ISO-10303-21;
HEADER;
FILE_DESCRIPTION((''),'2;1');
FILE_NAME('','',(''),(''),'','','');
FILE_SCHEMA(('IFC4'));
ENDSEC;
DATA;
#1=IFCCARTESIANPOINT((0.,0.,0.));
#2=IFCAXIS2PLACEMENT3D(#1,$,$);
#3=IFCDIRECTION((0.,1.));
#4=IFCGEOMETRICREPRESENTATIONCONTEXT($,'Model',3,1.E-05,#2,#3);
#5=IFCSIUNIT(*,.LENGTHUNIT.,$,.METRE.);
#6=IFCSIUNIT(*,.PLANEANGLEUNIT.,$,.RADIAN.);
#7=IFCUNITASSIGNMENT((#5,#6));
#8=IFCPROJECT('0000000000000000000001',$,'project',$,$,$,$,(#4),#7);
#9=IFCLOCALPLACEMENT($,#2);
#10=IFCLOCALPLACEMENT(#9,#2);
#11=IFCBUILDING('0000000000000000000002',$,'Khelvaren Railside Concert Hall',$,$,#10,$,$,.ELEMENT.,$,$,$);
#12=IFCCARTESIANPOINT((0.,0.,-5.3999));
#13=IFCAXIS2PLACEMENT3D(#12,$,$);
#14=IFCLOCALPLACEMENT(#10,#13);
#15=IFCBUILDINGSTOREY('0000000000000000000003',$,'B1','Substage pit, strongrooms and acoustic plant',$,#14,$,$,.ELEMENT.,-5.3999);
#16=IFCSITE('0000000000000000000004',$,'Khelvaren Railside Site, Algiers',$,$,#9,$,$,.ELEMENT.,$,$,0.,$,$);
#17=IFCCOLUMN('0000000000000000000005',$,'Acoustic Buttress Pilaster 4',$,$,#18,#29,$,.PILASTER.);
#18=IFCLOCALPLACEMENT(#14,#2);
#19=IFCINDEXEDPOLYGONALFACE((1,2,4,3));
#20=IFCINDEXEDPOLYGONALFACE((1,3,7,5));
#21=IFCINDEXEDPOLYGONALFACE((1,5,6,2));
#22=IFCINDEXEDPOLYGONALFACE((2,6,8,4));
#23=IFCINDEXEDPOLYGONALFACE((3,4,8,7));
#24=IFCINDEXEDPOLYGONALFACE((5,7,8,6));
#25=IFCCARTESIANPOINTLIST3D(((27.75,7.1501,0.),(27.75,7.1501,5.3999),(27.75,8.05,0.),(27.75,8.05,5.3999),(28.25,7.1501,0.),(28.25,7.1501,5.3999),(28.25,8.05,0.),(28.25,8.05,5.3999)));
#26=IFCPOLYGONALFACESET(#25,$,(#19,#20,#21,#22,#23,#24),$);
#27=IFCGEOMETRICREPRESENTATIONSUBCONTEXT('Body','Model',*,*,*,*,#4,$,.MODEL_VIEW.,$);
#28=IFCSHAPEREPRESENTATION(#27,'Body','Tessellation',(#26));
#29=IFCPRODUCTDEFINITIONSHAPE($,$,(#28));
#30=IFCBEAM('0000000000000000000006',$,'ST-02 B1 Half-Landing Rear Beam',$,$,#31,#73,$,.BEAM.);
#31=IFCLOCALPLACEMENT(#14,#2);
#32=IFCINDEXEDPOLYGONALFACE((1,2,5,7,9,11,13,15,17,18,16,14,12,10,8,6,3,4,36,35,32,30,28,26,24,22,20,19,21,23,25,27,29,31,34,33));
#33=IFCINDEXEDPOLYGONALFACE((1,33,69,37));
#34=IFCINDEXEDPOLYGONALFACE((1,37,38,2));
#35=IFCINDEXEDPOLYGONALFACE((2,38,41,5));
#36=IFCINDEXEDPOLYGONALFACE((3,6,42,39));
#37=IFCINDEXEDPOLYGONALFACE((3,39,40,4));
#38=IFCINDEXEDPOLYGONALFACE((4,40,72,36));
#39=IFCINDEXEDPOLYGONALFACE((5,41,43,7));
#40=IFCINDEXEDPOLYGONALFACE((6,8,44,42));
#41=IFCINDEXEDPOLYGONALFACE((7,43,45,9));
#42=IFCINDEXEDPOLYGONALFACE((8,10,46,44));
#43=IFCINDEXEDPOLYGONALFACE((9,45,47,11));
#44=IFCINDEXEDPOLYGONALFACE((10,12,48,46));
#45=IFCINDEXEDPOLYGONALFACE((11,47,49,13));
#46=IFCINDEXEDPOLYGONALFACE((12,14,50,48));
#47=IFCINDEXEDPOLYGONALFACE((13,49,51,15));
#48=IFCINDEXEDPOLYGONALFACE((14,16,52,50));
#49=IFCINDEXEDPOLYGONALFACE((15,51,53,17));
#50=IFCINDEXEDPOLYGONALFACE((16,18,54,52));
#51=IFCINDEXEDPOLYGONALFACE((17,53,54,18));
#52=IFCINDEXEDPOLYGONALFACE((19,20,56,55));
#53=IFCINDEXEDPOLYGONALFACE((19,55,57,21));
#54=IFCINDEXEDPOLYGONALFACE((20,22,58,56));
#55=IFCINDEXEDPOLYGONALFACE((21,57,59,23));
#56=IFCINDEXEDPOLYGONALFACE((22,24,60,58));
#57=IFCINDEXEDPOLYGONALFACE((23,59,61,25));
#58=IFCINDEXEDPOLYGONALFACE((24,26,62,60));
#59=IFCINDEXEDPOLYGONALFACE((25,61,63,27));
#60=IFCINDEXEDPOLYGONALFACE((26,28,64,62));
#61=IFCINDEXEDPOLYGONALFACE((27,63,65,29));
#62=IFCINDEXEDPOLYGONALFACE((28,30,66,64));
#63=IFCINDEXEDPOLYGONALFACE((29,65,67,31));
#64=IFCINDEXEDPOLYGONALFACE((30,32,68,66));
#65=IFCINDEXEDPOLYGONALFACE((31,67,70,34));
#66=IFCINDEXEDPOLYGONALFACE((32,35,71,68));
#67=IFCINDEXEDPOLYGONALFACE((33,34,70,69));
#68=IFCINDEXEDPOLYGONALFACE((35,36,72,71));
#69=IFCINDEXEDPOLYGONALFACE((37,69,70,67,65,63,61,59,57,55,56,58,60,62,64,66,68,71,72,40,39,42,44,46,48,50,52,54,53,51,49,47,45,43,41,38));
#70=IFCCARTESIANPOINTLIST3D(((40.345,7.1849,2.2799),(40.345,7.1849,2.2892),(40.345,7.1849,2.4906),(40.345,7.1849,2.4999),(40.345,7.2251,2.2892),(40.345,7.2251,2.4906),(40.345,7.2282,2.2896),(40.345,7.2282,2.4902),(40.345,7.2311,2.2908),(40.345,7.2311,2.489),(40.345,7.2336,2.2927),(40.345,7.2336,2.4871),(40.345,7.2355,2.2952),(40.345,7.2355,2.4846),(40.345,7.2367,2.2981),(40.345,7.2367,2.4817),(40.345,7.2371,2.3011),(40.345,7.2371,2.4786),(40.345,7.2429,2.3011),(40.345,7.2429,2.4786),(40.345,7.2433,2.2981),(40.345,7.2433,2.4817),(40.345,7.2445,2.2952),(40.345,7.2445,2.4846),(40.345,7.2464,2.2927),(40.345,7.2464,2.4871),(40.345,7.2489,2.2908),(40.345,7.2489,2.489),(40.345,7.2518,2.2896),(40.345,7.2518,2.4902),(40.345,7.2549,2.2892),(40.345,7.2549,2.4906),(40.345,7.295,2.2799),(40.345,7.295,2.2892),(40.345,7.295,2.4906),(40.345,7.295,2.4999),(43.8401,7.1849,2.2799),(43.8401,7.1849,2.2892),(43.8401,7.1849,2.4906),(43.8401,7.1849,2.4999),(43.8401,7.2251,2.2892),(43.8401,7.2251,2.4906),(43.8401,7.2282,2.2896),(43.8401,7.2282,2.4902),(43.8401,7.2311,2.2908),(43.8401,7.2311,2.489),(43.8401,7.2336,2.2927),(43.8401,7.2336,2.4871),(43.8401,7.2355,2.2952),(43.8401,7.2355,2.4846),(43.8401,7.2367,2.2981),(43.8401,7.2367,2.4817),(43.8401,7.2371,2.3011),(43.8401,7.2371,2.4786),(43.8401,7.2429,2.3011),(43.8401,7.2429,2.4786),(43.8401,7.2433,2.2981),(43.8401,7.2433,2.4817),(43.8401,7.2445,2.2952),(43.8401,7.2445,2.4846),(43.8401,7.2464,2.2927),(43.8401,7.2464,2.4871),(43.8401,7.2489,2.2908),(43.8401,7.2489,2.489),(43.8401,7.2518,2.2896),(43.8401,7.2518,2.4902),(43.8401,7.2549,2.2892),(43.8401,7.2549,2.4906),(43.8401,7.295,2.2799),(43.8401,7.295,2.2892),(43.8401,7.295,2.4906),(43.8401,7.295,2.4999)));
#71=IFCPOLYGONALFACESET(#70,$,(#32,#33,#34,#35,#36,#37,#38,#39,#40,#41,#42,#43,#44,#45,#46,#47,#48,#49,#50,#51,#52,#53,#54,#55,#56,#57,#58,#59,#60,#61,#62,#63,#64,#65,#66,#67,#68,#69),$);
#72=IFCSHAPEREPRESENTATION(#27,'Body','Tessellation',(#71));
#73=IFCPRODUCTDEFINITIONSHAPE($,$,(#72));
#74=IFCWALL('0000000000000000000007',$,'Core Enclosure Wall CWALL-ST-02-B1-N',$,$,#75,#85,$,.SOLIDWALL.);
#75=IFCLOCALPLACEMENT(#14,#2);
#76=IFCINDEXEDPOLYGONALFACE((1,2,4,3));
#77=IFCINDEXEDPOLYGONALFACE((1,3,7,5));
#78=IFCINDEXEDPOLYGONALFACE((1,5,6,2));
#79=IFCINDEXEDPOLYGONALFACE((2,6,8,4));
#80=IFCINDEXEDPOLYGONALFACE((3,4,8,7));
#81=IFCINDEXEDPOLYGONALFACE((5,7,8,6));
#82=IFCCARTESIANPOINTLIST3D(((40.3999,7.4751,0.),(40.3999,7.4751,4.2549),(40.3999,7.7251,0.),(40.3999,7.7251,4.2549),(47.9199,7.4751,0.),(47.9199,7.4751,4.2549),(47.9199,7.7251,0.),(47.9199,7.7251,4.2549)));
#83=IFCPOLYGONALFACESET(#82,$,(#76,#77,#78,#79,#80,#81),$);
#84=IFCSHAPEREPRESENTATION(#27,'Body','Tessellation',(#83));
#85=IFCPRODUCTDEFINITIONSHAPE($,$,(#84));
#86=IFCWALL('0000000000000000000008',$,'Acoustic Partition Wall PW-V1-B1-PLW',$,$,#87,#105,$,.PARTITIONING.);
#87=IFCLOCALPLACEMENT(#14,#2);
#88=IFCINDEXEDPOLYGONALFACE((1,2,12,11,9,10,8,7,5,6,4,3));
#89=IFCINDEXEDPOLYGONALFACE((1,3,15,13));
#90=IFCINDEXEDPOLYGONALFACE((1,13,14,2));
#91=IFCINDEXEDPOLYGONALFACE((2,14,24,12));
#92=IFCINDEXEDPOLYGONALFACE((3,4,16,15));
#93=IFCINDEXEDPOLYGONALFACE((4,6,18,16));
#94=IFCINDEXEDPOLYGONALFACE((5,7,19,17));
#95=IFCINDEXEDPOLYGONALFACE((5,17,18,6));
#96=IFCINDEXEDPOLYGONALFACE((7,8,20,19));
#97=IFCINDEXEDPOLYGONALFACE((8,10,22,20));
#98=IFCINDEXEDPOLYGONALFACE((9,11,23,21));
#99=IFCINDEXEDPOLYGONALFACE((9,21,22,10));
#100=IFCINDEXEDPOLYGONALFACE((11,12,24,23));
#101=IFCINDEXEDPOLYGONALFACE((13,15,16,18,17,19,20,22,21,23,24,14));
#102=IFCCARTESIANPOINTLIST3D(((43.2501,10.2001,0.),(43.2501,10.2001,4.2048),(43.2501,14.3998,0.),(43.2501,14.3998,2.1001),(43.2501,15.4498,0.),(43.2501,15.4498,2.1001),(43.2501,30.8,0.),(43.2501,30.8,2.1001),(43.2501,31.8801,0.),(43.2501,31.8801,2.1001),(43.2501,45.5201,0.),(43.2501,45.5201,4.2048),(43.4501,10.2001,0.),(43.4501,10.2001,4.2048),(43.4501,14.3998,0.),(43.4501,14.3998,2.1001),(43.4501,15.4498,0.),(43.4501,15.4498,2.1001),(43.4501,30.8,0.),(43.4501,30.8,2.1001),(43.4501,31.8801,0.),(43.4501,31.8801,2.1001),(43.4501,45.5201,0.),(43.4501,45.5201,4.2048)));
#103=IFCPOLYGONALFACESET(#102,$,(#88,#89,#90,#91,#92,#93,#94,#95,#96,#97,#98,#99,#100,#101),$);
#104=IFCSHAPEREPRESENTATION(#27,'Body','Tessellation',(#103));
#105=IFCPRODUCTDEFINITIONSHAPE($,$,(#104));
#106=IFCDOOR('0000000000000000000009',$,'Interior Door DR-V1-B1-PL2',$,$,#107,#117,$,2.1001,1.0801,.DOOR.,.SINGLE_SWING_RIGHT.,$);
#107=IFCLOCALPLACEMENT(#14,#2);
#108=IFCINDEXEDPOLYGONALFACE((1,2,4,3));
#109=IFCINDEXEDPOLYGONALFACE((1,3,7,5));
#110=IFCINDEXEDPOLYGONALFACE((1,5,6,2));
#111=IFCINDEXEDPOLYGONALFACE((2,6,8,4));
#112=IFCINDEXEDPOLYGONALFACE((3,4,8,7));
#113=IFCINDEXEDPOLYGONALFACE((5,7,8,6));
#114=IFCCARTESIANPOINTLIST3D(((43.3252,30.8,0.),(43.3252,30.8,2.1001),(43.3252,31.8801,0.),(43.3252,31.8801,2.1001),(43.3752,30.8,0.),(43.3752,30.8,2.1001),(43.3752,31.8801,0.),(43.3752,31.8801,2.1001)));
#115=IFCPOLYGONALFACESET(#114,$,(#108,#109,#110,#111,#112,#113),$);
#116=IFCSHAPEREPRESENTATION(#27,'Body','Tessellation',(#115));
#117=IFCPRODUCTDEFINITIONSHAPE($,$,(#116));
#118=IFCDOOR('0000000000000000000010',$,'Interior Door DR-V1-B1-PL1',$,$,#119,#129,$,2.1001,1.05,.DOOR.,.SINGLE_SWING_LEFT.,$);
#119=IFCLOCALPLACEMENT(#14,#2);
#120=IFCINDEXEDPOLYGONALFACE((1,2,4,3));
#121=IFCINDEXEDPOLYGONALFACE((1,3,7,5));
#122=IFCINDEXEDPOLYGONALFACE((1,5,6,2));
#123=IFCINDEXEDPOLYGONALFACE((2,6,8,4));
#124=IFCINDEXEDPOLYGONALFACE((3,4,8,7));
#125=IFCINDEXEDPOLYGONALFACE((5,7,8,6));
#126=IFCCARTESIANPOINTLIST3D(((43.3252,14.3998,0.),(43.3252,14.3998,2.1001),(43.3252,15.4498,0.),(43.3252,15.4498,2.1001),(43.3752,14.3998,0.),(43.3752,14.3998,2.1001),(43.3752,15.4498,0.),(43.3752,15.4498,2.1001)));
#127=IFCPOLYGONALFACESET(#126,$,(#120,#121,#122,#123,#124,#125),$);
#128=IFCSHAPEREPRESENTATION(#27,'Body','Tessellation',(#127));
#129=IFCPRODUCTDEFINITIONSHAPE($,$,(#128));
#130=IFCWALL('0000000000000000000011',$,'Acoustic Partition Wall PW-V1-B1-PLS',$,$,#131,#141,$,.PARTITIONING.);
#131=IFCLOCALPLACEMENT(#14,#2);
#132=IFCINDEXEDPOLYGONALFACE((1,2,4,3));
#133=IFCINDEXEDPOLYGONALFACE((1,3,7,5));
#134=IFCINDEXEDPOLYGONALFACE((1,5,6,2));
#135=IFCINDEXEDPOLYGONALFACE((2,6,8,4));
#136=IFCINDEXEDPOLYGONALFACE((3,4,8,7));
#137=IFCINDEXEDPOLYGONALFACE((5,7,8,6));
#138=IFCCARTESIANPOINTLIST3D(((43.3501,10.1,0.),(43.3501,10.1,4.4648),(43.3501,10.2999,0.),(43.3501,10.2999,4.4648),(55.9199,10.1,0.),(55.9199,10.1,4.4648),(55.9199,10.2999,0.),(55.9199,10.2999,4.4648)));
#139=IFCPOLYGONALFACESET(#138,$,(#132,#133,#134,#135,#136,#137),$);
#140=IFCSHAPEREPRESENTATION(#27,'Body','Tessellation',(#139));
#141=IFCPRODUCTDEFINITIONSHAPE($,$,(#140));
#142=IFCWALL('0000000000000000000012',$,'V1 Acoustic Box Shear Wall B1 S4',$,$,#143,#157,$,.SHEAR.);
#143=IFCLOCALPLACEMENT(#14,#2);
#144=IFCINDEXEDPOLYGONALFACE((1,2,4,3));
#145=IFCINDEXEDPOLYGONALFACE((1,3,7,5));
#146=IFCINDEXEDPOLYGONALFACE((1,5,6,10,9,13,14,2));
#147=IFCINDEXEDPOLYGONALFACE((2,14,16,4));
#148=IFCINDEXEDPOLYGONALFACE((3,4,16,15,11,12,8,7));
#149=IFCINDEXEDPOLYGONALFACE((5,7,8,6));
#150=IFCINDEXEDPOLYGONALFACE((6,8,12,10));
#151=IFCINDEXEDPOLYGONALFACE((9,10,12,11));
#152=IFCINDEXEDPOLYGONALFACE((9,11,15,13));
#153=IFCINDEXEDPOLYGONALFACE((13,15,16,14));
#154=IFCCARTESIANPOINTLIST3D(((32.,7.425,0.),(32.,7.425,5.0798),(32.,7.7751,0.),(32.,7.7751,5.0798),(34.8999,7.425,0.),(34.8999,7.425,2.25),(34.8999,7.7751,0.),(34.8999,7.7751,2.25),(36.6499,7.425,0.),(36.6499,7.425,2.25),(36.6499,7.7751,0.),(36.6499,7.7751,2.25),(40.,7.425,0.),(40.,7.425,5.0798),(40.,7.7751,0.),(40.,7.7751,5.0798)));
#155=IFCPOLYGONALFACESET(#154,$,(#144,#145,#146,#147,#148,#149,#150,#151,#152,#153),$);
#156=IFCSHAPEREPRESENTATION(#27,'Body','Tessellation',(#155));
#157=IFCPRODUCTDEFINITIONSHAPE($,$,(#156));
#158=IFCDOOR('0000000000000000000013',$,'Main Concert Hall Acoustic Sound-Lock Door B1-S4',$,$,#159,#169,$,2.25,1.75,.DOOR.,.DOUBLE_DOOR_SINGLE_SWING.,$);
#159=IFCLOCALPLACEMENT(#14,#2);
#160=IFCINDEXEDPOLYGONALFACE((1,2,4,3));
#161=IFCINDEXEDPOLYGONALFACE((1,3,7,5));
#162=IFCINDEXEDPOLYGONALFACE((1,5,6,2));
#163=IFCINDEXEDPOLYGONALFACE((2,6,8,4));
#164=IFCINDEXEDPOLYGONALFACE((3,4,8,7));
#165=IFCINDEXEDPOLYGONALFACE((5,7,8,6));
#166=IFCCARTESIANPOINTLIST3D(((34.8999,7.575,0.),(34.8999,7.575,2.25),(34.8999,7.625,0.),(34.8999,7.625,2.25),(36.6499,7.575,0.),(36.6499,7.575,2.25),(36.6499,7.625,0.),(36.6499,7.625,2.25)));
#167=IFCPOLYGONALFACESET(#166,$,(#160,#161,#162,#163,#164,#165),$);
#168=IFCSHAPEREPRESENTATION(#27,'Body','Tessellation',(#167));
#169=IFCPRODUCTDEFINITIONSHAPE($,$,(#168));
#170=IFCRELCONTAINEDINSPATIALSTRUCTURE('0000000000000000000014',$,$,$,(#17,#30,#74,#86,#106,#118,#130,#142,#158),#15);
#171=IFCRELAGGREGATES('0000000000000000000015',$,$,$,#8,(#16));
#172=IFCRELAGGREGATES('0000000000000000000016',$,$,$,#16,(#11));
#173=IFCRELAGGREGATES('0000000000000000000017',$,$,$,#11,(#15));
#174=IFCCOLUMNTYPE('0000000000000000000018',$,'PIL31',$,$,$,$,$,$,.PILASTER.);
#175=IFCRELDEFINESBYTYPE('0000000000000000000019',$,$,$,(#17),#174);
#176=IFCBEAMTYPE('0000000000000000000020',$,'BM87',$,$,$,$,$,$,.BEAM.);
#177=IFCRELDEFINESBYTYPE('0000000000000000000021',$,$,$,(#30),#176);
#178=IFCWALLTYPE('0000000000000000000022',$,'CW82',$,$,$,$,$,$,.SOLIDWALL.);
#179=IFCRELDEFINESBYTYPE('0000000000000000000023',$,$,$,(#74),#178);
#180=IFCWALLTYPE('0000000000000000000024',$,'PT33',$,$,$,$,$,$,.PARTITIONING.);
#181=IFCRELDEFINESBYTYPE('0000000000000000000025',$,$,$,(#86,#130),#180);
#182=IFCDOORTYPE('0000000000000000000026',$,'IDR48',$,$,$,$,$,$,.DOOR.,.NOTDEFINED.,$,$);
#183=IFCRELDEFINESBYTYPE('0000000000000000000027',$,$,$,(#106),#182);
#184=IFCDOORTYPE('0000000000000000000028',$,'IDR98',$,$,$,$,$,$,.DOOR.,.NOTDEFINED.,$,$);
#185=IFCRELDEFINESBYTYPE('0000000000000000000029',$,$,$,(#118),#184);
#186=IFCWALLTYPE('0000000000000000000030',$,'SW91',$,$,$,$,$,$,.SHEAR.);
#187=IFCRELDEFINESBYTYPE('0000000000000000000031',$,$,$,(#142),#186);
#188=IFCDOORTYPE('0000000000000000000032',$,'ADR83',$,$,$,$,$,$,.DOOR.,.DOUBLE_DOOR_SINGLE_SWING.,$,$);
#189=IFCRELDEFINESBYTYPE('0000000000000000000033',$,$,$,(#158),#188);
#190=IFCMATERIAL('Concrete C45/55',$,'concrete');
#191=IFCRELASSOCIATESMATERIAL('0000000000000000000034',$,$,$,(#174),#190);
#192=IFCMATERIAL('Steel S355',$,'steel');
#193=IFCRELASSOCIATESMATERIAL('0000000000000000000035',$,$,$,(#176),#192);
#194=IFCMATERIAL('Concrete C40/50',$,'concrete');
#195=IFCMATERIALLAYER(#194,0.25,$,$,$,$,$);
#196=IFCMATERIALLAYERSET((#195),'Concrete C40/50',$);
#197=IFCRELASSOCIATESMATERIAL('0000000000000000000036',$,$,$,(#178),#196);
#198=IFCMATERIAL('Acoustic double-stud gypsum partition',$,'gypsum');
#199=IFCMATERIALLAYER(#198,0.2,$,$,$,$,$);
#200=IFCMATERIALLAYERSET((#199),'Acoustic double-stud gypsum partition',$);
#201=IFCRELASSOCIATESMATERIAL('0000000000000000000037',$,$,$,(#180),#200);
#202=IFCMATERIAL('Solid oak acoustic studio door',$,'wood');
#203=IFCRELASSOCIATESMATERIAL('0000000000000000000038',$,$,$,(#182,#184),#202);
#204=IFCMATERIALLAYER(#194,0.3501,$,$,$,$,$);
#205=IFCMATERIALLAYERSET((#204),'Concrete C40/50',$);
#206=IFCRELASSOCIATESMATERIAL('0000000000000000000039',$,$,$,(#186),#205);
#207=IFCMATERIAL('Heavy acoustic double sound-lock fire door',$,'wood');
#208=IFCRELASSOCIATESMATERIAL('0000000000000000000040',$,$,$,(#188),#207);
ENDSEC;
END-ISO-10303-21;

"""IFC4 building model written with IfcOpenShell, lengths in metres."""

from ifc_helpers import new_model, si_unit, direction, frame, frame_2d, origin, origin_2d, place, context, subcontext, project, spatial, rectangle, i_section, extrude, material, layer, layer_set, material_profile, profile_set, type_object, element, fill, save


model = new_model("IFC4")

# Units and contexts
model_context = context("Model", 3, precision=1e-05, world=origin(), true_north=direction((0.0, 1.0)))
body_context = subcontext(model_context, "Body", "Model", "MODEL_VIEW")
ifc_project = project(units=[si_unit("LENGTHUNIT", "METRE"), si_unit("PLANEANGLEUNIT", "RADIAN")], contexts=[model_context])

# Site, building, storey
site_placement = place(None, origin())
site = spatial("IfcSite", under=ifc_project, at=site_placement, Name="Khelvaren Railside Site, Algiers", CompositionType="ELEMENT", RefElevation=0.0)
building_placement = place(site_placement, origin())
building = spatial("IfcBuilding", under=site, at=building_placement, Name="Khelvaren Railside Concert Hall", CompositionType="ELEMENT")
storey_placement = place(building_placement, frame((0.0, 0.0, -5.3999)))
storey = spatial("IfcBuildingStorey", under=building, at=storey_placement, Name="B1", Description="Substage pit, strongrooms and acoustic plant", CompositionType="ELEMENT", Elevation=-5.3999)

# Column
ifc_material_1 = material(Name="Concrete C45/55", Category="concrete")
ifc_material_profile_1 = material_profile(ifc_material_1, rectangle(XDim=0.5, YDim=0.8999, at=origin_2d()), Name="PIL 500x900")
ifc_profile_set_1 = profile_set([ifc_material_profile_1], Name="Concrete C45/55")
column_type_1 = type_object("IfcColumnType", Name="PIL31", PredefinedType="PILASTER", material=ifc_profile_set_1)
column_1_placement = place(storey_placement, frame((28.0, 7.6001, 0.0), z_axis=(0.0, 0.0, 1.0), x_axis=(1.0, 0.0, 0.0)))
element("IfcColumn", 1, at=column_1_placement, inside=storey, type_object=column_type_1, Name="Acoustic Buttress Pilaster 4", PredefinedType="PILASTER", context=body_context, shape_type="SweptSolid", body=[
    extrude(rectangle(XDim=0.5, YDim=0.8999, at=origin_2d()), origin(), (0.0, 0.0, 1.0), 5.3999),
])

# Beam
ifc_material_2 = material(Name="Steel S355", Category="steel")
ifc_material_profile_2 = material_profile(ifc_material_2, i_section(OverallWidth=0.1101, OverallDepth=0.22, WebThickness=0.0059, FlangeThickness=0.0093, FilletRadius=0.012, at=origin_2d()), Name="IPE 220")
ifc_profile_set_2 = profile_set([ifc_material_profile_2], Name="Steel S355")
beam_type = type_object("IfcBeamType", Name="BM87", PredefinedType="BEAM", material=ifc_profile_set_2)
beam_placement = place(storey_placement, frame((40.345, 7.24, 2.3899), z_axis=(1.0, 0.0, 0.0), x_axis=(0.0, 1.0, 0.0)))
element("IfcBeam", 2, at=beam_placement, inside=storey, type_object=beam_type, Name="ST-02 B1 Half-Landing Rear Beam", PredefinedType="BEAM", context=body_context, shape_type="SweptSolid", body=[
    extrude(i_section(OverallWidth=0.1101, OverallDepth=0.22, WebThickness=0.0059, FlangeThickness=0.0093, FilletRadius=0.012, at=origin_2d()), origin(), (0.0, 0.0, 1.0), 3.4951),
])

# Wall
ifc_material_3 = material(Name="Concrete C40/50", Category="concrete")
ifc_layer_1 = layer(ifc_material_3, 0.25)
ifc_layer_set_1 = layer_set([ifc_layer_1], Name="Concrete C40/50")
wall_type_1 = type_object("IfcWallType", Name="CW82", PredefinedType="SOLIDWALL", material=ifc_layer_set_1)
wall_1_placement = place(storey_placement, frame((40.3999, 7.6001, 0.0), z_axis=(0.0, 0.0, 1.0), x_axis=(1.0, 0.0, 0.0)))
element("IfcWall", 3, at=wall_1_placement, inside=storey, type_object=wall_type_1, Name="Core Enclosure Wall CWALL-ST-02-B1-N", PredefinedType="SOLIDWALL", context=body_context, shape_type="SweptSolid", body=[
    extrude(rectangle(XDim=7.52, YDim=0.25, at=frame_2d((3.76, 0.0))), origin(), (0.0, 0.0, 1.0), 4.2549),
])

# Wall, openings, doors
ifc_material_4 = material(Name="Acoustic double-stud gypsum partition", Category="gypsum")
ifc_layer_2 = layer(ifc_material_4, 0.2)
ifc_layer_set_2 = layer_set([ifc_layer_2], Name="Acoustic double-stud gypsum partition")
wall_type_2 = type_object("IfcWallType", Name="PT33", PredefinedType="PARTITIONING", material=ifc_layer_set_2)
wall_2_placement = place(storey_placement, frame((43.3501, 10.2, 0.0), z_axis=(0.0, 0.0, 1.0), x_axis=(0.0, 1.0, 0.0)))
wall_2 = element("IfcWall", 4, at=wall_2_placement, inside=storey, type_object=wall_type_2, Name="Acoustic Partition Wall PW-V1-B1-PLW", PredefinedType="PARTITIONING", context=body_context, shape_type="SweptSolid", body=[
    extrude(rectangle(XDim=35.3201, YDim=0.2, at=frame_2d((17.6602, 0.0))), origin(), (0.0, 0.0, 1.0), 4.2048),
])
opening_1_placement = place(wall_2_placement, frame((4.2, 0.0, 0.0)))
opening_1 = element("IfcOpeningElement", 5, at=opening_1_placement, cuts=wall_2, PredefinedType="OPENING", context=body_context, shape_type="SweptSolid", body=[
    extrude(rectangle(XDim=1.05, YDim=2.1001, at=frame_2d((0.5249, 1.05))), frame((0.0, 0.1099, 0.0), z_axis=(0.0, -1.0, 0.0), x_axis=(1.0, 0.0, 0.0)), (0.0, 0.0, 1.0), 0.22),
])
opening_2_placement = place(wall_2_placement, frame((20.6001, 0.0, 0.0)))
opening_2 = element("IfcOpeningElement", 6, at=opening_2_placement, cuts=wall_2, PredefinedType="OPENING", context=body_context, shape_type="SweptSolid", body=[
    extrude(rectangle(XDim=1.0801, YDim=2.1001, at=frame_2d((0.54, 1.05))), frame((0.0, 0.1099, 0.0), z_axis=(0.0, -1.0, 0.0), x_axis=(1.0, 0.0, 0.0)), (0.0, 0.0, 1.0), 0.22),
])
ifc_material_5 = material(Name="Solid oak acoustic studio door", Category="wood")
door_type_1 = type_object("IfcDoorType", Name="IDR48", OperationType="NOTDEFINED", PredefinedType="DOOR", material=ifc_material_5)
door_1_placement = place(opening_2_placement, origin())
door_1 = element("IfcDoor", 7, at=door_1_placement, inside=storey, type_object=door_type_1, Name="Interior Door DR-V1-B1-PL2", OperationType="SINGLE_SWING_RIGHT", OverallHeight=2.1001, OverallWidth=1.0801, PredefinedType="DOOR", context=body_context, shape_type="SweptSolid", body=[
    extrude(rectangle(XDim=1.0801, YDim=2.1001, at=frame_2d((0.54, 1.05))), frame((0.0, 0.0249, 0.0), z_axis=(0.0, -1.0, 0.0), x_axis=(1.0, 0.0, 0.0)), (0.0, 0.0, 1.0), 0.05),
])
fill(opening_2, door_1)
door_type_2 = type_object("IfcDoorType", Name="IDR98", OperationType="NOTDEFINED", PredefinedType="DOOR", material=ifc_material_5)
door_2_placement = place(opening_1_placement, origin())
door_2 = element("IfcDoor", 8, at=door_2_placement, inside=storey, type_object=door_type_2, Name="Interior Door DR-V1-B1-PL1", OperationType="SINGLE_SWING_LEFT", OverallHeight=2.1001, OverallWidth=1.05, PredefinedType="DOOR", context=body_context, shape_type="SweptSolid", body=[
    extrude(rectangle(XDim=1.05, YDim=2.1001, at=frame_2d((0.5249, 1.05))), frame((0.0, 0.0249, 0.0), z_axis=(0.0, -1.0, 0.0), x_axis=(1.0, 0.0, 0.0)), (0.0, 0.0, 1.0), 0.05),
])
fill(opening_1, door_2)

# Wall
wall_3_placement = place(storey_placement, frame((43.3501, 10.2, 0.0), z_axis=(0.0, 0.0, 1.0), x_axis=(1.0, 0.0, 0.0)))
element("IfcWall", 9, at=wall_3_placement, inside=storey, type_object=wall_type_2, Name="Acoustic Partition Wall PW-V1-B1-PLS", PredefinedType="PARTITIONING", context=body_context, shape_type="SweptSolid", body=[
    extrude(rectangle(XDim=12.5698, YDim=0.2, at=frame_2d((6.2849, 0.0))), origin(), (0.0, 0.0, 1.0), 4.4648),
])

# Wall, opening, door
ifc_layer_3 = layer(ifc_material_3, 0.3501)
ifc_layer_set_3 = layer_set([ifc_layer_3], Name="Concrete C40/50")
wall_type_3 = type_object("IfcWallType", Name="SW91", PredefinedType="SHEAR", material=ifc_layer_set_3)
wall_4_placement = place(storey_placement, frame((32.0, 7.6001, 0.0), z_axis=(0.0, 0.0, 1.0), x_axis=(1.0, 0.0, 0.0)))
wall_4 = element("IfcWall", 10, at=wall_4_placement, inside=storey, type_object=wall_type_3, Name="V1 Acoustic Box Shear Wall B1 S4", PredefinedType="SHEAR", context=body_context, shape_type="SweptSolid", body=[
    extrude(rectangle(XDim=8.0, YDim=0.3501, at=frame_2d((4.0, 0.0))), origin(), (0.0, 0.0, 1.0), 5.0798),
])
opening_3_placement = place(wall_4_placement, frame((2.8999, 0.0, 0.0)))
opening_3 = element("IfcOpeningElement", 11, at=opening_3_placement, cuts=wall_4, PredefinedType="OPENING", context=body_context, shape_type="SweptSolid", body=[
    extrude(rectangle(XDim=1.75, YDim=2.25, at=frame_2d((0.875, 1.125))), frame((0.0, 0.1851, 0.0), z_axis=(0.0, -1.0, 0.0), x_axis=(1.0, 0.0, 0.0)), (0.0, 0.0, 1.0), 0.3701),
])
ifc_material_6 = material(Name="Heavy acoustic double sound-lock fire door", Category="wood")
door_type_3 = type_object("IfcDoorType", Name="ADR83", OperationType="DOUBLE_DOOR_SINGLE_SWING", PredefinedType="DOOR", material=ifc_material_6)
door_3_placement = place(opening_3_placement, origin())
door_3 = element("IfcDoor", 12, at=door_3_placement, inside=storey, type_object=door_type_3, Name="Main Concert Hall Acoustic Sound-Lock Door B1-S4", OperationType="DOUBLE_DOOR_SINGLE_SWING", OverallHeight=2.25, OverallWidth=1.75, PredefinedType="DOOR", context=body_context, shape_type="SweptSolid", body=[
    extrude(rectangle(XDim=1.75, YDim=2.25, at=frame_2d((0.875, 1.125))), frame((0.0, 0.0249, 0.0), z_axis=(0.0, -1.0, 0.0), x_axis=(1.0, 0.0, 0.0)), (0.0, 0.0, 1.0), 0.05),
])
fill(opening_3, door_3)

save(model, "model.ifc")
